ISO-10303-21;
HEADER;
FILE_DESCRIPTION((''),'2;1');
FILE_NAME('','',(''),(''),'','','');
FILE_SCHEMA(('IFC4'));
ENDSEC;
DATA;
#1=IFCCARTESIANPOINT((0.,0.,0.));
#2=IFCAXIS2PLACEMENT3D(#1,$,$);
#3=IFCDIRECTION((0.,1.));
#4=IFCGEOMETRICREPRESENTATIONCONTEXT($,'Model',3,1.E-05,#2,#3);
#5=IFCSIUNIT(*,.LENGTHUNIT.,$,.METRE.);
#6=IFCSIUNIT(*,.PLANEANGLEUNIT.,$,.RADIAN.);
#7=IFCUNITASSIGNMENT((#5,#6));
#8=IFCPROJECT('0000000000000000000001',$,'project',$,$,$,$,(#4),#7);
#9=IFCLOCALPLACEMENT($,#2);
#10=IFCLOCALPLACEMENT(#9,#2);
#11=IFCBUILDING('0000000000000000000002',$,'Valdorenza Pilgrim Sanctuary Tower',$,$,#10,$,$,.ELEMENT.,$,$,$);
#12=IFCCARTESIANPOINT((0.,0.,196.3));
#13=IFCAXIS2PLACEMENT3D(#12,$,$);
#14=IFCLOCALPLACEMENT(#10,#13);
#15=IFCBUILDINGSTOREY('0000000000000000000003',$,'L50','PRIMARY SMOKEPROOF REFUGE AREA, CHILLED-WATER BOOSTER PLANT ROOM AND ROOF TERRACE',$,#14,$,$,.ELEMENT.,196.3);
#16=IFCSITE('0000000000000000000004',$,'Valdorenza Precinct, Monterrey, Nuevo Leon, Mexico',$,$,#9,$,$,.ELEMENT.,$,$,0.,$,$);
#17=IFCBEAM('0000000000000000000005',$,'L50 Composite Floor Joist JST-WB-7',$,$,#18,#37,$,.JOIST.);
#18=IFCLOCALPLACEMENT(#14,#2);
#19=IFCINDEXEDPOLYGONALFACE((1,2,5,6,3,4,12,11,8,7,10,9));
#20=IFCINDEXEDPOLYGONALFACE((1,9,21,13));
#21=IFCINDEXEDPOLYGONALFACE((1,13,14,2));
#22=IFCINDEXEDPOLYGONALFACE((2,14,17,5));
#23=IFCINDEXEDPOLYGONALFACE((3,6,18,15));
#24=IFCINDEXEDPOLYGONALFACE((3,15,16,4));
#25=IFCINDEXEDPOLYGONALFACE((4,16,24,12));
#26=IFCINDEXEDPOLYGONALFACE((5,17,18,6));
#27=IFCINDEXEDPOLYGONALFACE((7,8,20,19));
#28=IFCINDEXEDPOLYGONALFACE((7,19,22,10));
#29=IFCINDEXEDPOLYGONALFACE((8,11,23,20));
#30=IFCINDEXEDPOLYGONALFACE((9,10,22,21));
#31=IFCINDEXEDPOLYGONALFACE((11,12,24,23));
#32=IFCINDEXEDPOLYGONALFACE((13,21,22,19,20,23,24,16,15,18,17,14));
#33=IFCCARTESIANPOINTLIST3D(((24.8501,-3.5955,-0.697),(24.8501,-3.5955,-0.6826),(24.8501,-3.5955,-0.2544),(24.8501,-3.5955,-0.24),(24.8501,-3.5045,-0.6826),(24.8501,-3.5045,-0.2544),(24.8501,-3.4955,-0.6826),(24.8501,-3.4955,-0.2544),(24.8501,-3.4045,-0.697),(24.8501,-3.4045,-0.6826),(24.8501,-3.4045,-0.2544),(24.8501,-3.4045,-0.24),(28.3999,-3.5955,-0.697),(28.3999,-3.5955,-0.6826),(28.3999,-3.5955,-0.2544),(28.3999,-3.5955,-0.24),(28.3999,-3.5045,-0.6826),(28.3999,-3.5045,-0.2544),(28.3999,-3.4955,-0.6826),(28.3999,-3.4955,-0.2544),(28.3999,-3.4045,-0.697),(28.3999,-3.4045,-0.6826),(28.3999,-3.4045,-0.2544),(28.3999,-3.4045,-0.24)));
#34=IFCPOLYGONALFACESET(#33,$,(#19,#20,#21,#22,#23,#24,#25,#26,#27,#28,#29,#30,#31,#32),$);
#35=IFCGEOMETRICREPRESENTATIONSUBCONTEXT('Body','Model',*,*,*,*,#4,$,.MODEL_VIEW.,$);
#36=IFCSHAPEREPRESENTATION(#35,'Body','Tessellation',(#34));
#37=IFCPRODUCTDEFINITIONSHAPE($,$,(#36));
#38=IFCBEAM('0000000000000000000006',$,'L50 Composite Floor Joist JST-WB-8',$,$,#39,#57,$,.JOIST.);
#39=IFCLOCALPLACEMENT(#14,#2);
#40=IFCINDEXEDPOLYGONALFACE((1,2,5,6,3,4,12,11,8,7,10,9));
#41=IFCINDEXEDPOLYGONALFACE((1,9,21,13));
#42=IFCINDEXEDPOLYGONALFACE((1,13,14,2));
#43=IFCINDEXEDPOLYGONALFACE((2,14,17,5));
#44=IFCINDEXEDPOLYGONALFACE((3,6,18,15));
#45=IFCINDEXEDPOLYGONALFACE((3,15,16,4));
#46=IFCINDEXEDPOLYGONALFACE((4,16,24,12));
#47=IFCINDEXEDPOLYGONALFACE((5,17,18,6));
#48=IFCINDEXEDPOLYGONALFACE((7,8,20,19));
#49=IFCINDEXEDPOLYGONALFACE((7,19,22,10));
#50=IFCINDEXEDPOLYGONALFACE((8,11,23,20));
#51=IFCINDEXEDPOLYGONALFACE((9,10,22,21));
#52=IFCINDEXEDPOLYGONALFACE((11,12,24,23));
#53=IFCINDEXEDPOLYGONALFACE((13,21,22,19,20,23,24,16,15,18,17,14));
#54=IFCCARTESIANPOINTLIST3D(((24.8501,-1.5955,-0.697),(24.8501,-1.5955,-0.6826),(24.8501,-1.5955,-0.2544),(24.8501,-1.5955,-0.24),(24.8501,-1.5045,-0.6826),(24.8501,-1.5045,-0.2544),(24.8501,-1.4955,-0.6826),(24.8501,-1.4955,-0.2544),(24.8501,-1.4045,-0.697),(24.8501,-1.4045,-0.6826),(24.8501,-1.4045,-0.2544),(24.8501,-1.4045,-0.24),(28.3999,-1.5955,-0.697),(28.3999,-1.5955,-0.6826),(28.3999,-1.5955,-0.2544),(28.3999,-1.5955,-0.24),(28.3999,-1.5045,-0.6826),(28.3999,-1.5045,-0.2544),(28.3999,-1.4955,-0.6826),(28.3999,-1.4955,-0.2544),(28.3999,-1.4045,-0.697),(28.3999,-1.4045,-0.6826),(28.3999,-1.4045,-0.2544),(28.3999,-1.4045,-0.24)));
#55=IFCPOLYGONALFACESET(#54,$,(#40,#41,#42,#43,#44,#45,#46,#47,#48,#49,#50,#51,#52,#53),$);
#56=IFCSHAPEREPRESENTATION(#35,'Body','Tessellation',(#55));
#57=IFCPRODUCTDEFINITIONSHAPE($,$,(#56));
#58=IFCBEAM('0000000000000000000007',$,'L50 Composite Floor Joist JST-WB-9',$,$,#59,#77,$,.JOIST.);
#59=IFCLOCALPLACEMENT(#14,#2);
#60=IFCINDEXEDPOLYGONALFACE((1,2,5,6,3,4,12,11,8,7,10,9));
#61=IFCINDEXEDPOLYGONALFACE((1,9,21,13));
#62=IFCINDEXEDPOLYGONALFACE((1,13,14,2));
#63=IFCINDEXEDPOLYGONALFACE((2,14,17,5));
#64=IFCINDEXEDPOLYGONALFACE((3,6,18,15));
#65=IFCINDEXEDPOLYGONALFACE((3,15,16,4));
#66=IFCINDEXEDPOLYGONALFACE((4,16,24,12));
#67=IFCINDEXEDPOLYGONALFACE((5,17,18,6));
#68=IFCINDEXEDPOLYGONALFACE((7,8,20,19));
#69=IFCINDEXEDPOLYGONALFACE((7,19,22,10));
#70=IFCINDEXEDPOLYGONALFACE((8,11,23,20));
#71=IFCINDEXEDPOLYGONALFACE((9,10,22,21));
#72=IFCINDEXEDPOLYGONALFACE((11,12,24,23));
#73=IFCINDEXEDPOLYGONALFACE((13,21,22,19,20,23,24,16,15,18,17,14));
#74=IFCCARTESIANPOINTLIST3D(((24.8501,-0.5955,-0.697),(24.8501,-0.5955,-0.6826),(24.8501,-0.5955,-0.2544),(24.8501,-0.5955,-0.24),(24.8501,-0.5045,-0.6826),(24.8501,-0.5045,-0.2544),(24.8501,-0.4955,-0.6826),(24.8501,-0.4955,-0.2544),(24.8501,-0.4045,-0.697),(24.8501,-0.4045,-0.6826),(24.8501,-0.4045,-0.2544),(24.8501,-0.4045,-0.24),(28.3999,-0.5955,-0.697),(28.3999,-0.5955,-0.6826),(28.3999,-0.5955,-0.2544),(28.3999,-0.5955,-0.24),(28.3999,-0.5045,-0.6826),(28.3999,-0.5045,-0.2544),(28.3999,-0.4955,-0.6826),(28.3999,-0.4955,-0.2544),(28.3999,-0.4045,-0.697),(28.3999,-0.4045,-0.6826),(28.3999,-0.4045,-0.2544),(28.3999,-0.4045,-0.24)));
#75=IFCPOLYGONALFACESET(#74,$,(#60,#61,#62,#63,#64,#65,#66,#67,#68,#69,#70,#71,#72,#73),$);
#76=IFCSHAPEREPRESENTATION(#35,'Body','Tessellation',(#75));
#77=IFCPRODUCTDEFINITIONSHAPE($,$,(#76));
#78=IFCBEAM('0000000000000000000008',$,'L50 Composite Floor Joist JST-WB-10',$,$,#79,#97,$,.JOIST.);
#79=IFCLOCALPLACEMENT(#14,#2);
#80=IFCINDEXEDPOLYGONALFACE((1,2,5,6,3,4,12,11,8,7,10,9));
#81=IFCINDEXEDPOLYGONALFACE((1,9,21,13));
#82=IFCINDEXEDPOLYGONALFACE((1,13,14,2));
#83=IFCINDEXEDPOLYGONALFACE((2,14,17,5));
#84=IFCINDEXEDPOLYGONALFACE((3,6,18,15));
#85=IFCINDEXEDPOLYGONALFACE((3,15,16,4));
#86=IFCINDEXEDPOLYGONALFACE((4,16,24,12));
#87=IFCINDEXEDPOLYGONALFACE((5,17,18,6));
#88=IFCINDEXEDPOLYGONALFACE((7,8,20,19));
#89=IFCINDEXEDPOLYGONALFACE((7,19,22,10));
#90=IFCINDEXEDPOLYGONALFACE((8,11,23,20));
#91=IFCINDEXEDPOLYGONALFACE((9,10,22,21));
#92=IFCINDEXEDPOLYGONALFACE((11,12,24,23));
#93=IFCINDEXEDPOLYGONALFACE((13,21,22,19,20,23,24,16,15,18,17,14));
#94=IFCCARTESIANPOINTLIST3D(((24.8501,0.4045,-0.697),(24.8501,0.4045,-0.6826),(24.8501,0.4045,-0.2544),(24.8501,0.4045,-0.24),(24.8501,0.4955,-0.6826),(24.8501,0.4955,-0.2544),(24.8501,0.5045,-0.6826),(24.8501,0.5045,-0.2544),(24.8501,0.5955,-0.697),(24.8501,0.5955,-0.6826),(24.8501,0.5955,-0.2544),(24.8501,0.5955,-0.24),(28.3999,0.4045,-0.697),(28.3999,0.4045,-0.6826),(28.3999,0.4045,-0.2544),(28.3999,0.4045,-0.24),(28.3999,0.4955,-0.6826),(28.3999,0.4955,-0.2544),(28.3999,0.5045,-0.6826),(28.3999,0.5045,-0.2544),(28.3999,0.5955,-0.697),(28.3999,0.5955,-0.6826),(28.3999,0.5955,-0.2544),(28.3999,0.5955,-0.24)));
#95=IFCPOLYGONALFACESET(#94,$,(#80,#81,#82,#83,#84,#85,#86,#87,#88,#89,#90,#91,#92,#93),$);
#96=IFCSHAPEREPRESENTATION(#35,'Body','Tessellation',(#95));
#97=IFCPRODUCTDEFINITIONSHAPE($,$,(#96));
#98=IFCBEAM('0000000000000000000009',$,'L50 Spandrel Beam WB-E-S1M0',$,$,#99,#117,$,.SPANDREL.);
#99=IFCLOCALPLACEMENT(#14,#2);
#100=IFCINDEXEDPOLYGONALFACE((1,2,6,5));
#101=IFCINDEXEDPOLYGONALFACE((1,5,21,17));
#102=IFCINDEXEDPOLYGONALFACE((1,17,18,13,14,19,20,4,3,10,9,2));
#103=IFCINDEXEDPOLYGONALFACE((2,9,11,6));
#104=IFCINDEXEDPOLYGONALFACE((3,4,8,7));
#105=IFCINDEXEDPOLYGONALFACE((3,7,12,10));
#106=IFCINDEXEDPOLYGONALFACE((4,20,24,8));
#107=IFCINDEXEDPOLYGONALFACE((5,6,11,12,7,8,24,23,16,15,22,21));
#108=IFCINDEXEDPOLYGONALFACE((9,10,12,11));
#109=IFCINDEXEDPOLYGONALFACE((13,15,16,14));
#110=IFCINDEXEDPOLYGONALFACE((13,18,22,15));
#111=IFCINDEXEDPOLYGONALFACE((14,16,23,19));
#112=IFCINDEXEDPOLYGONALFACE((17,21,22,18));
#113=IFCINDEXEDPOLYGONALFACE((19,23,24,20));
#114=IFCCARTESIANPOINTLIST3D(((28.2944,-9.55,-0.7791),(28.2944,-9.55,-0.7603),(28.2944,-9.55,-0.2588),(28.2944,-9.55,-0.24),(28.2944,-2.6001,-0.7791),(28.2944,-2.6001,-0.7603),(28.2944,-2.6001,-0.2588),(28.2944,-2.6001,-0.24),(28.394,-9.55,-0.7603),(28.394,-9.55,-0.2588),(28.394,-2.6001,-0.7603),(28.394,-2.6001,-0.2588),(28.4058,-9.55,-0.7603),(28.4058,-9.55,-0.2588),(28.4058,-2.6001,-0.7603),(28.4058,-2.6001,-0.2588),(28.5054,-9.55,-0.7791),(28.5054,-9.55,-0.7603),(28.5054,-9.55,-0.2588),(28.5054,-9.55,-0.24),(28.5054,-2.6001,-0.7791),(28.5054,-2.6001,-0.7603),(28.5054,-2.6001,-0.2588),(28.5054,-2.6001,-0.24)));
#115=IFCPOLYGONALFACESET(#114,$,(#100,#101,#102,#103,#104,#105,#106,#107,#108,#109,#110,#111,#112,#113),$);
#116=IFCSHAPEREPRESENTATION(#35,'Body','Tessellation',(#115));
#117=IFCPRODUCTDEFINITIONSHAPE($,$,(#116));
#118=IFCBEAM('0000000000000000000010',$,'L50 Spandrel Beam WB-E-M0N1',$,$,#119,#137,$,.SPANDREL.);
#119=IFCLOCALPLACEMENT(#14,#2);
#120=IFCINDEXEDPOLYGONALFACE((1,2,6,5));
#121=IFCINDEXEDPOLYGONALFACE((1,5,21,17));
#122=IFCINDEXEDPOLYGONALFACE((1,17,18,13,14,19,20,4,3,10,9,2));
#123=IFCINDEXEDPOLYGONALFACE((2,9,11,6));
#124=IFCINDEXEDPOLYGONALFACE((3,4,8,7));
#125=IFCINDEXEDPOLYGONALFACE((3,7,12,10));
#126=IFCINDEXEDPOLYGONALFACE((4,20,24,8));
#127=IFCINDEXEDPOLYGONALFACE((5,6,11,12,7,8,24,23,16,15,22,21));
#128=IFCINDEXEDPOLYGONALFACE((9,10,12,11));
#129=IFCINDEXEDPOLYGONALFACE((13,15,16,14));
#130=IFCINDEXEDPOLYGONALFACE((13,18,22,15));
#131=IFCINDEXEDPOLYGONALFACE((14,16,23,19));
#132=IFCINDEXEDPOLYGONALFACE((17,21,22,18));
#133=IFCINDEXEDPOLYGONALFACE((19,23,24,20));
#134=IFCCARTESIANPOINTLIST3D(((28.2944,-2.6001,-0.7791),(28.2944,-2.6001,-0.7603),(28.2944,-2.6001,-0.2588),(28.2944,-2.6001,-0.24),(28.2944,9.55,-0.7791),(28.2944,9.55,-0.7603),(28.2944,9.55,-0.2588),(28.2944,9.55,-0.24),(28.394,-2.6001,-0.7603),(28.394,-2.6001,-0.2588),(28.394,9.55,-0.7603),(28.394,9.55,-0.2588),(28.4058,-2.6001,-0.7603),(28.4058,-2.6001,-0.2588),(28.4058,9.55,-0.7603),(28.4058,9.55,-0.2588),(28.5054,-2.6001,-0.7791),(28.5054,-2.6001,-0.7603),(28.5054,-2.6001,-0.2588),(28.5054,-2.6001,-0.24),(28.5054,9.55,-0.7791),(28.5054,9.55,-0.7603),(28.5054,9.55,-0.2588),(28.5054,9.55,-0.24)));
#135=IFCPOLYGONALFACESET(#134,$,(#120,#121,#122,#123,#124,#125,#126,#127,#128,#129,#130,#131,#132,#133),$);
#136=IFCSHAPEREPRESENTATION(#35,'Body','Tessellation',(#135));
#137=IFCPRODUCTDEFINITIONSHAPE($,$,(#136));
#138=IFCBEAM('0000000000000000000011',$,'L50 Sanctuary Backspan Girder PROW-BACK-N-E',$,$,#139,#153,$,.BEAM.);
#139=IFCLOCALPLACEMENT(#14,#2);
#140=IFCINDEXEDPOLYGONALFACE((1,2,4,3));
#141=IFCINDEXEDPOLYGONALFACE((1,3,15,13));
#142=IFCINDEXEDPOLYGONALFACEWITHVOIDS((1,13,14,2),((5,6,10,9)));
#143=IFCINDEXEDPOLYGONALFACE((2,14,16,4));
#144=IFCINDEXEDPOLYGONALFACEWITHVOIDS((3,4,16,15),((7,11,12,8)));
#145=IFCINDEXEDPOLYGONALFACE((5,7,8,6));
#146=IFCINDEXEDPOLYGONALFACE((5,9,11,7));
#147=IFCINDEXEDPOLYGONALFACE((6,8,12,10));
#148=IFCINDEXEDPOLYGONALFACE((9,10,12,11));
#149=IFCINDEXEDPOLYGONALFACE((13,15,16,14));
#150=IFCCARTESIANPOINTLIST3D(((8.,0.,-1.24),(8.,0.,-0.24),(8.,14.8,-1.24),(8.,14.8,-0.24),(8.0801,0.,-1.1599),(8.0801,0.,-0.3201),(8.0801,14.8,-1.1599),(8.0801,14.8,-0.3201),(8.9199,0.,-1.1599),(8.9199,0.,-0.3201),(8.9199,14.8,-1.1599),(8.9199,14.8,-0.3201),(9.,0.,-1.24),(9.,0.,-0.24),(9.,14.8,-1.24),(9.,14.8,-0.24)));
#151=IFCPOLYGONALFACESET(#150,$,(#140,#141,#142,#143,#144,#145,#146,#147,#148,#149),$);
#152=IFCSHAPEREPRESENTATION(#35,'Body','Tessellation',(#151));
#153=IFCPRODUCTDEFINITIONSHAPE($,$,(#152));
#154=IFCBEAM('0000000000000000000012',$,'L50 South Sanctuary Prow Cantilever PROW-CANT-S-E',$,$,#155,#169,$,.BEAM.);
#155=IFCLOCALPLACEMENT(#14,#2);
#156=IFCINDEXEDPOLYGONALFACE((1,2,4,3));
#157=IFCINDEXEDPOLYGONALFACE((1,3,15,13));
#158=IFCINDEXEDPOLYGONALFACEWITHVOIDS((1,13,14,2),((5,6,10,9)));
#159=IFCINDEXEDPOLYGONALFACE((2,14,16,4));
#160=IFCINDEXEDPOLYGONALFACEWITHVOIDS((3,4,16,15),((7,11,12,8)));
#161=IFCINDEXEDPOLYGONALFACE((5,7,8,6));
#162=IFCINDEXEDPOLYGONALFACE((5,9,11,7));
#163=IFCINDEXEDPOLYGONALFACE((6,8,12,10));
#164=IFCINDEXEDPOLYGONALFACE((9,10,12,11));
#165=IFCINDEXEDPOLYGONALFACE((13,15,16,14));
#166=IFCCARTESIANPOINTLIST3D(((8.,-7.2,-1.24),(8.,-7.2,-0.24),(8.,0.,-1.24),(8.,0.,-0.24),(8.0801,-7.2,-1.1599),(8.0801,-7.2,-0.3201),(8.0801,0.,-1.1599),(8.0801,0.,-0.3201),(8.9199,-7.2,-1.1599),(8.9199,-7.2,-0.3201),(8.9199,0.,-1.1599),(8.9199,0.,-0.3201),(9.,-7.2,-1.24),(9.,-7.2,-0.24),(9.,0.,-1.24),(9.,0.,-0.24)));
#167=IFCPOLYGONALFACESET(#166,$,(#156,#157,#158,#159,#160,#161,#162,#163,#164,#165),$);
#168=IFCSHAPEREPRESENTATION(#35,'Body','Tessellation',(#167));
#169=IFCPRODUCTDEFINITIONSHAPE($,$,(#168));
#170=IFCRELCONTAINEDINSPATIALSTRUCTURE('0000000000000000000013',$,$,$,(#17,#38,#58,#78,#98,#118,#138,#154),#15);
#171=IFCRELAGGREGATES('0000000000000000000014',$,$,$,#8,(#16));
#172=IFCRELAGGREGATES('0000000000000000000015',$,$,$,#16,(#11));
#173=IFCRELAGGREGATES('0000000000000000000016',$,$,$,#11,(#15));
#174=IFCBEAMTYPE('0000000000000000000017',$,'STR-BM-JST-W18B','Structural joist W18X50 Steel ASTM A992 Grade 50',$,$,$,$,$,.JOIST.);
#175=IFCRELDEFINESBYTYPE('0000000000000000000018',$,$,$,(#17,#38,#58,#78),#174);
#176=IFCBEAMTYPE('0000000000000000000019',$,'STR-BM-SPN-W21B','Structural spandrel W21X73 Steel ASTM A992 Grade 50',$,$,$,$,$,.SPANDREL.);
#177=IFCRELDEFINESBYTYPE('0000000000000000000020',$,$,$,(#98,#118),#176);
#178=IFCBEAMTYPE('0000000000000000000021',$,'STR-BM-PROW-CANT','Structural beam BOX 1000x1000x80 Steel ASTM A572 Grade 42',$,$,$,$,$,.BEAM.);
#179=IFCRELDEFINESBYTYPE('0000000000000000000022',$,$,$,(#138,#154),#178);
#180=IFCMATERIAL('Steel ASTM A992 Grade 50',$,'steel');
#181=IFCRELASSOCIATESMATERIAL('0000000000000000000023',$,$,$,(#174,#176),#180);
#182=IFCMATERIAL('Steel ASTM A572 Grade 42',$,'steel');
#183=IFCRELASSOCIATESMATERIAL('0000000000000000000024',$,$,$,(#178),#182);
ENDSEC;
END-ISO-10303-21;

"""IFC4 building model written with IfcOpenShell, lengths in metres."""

from ifc_helpers import new_model, si_unit, direction, frame, origin, origin_2d, place, context, subcontext, project, spatial, hollow_rectangle, i_section, extrude, source, transform, mapped, material, material_profile, profile_set, type_object, element, save


model = new_model("IFC4")

# Units and contexts
model_context = context("Model", 3, precision=1e-05, world=origin(), true_north=direction((0.0, 1.0)))
body_context = subcontext(model_context, "Body", "Model", "MODEL_VIEW")
ifc_project = project(units=[si_unit("LENGTHUNIT", "METRE"), si_unit("PLANEANGLEUNIT", "RADIAN")], contexts=[model_context])

# Site, building, storey
site_placement = place(None, origin())
site = spatial("IfcSite", under=ifc_project, at=site_placement, Name="Valdorenza Precinct, Monterrey, Nuevo Leon, Mexico", CompositionType="ELEMENT", RefElevation=0.0)
building_placement = place(site_placement, origin())
building = spatial("IfcBuilding", under=site, at=building_placement, Name="Valdorenza Pilgrim Sanctuary Tower", CompositionType="ELEMENT")
storey_placement = place(building_placement, frame((0.0, 0.0, 196.3)))
storey = spatial("IfcBuildingStorey", under=building, at=storey_placement, Name="L50", Description="PRIMARY SMOKEPROOF REFUGE AREA, CHILLED-WATER BOOSTER PLANT ROOM AND ROOF TERRACE", CompositionType="ELEMENT", Elevation=196.3)

# Beams
ifc_material_1 = material(Name="Steel ASTM A992 Grade 50", Category="steel")
ifc_material_profile_1 = material_profile(ifc_material_1, i_section(OverallWidth=0.1909, OverallDepth=0.457, WebThickness=0.009, FlangeThickness=0.0144, at=origin_2d()), Name="W18X50")
ifc_profile_set_1 = profile_set([ifc_material_profile_1], Name="Steel ASTM A992 Grade 50")
beam_type_1 = type_object("IfcBeamType", Name="STR-BM-JST-W18B", Description="Structural joist W18X50 Steel ASTM A992 Grade 50", PredefinedType="JOIST", material=ifc_profile_set_1)
shared_shape_1 = source(origin(), body_context, "Body", "SweptSolid", [
    extrude(i_section(OverallWidth=0.1909, OverallDepth=0.457, WebThickness=0.009, FlangeThickness=0.0144, at=origin_2d()), origin(), (0.0, 0.0, 1.0), 3.5498),
])
for number, where, z_axis, x_axis, name in (
    (1, (24.8501, -3.5, -0.4685), (1.0, 0.0, 0.0), (0.0, 1.0, 0.0), "L50 Composite Floor Joist JST-WB-7"),
    (2, (24.8501, -1.5, -0.4685), (1.0, 0.0, 0.0), (0.0, 1.0, 0.0), "L50 Composite Floor Joist JST-WB-8"),
    (3, (24.8501, -0.5, -0.4685), (1.0, 0.0, 0.0), (0.0, 1.0, 0.0), "L50 Composite Floor Joist JST-WB-9"),
    (4, (24.8501, 0.5, -0.4685), (1.0, 0.0, 0.0), (0.0, 1.0, 0.0), "L50 Composite Floor Joist JST-WB-10"),
):
    element("IfcBeam", number, at=place(storey_placement, frame(where, z_axis=z_axis, x_axis=x_axis)), inside=storey, type_object=beam_type_1, Name=name, PredefinedType="JOIST", context=body_context, shape_type="MappedRepresentation", body=[
        mapped(shared_shape_1, transform((0.0, 0.0, 0.0), x_axis=(1.0, 0.0, 0.0), y_axis=(0.0, 1.0, 0.0), z_axis=(0.0, 0.0, 1.0), scale=1.0)),
    ])
ifc_material_profile_2 = material_profile(ifc_material_1, i_section(OverallWidth=0.2109, OverallDepth=0.5391, WebThickness=0.0117, FlangeThickness=0.0188, at=origin_2d()), Name="W21X73")
ifc_profile_set_2 = profile_set([ifc_material_profile_2], Name="Steel ASTM A992 Grade 50")
beam_type_2 = type_object("IfcBeamType", Name="STR-BM-SPN-W21B", Description="Structural spandrel W21X73 Steel ASTM A992 Grade 50", PredefinedType="SPANDREL", material=ifc_profile_set_2)
shared_shape_2 = source(origin(), body_context, "Body", "SweptSolid", [
    extrude(i_section(OverallWidth=0.2109, OverallDepth=0.5391, WebThickness=0.0117, FlangeThickness=0.0188, at=origin_2d()), origin(), (0.0, 0.0, 1.0), 6.95),
])
beam_1_placement = place(storey_placement, frame((28.3999, -9.55, -0.5095), z_axis=(0.0, 1.0, 0.0), x_axis=(-1.0, 0.0, 0.0)))
element("IfcBeam", 5, at=beam_1_placement, inside=storey, type_object=beam_type_2, Name="L50 Spandrel Beam WB-E-S1M0", PredefinedType="SPANDREL", context=body_context, shape_type="MappedRepresentation", body=[
    mapped(shared_shape_2, transform((0.0, 0.0, 0.0), x_axis=(1.0, 0.0, 0.0), y_axis=(0.0, 1.0, 0.0), z_axis=(0.0, 0.0, 1.0), scale=1.0)),
])
shared_shape_3 = source(origin(), body_context, "Body", "SweptSolid", [
    extrude(i_section(OverallWidth=0.2109, OverallDepth=0.5391, WebThickness=0.0117, FlangeThickness=0.0188, at=origin_2d()), origin(), (0.0, 0.0, 1.0), 12.1501),
])
beam_2_placement = place(storey_placement, frame((28.3999, -2.6001, -0.5095), z_axis=(0.0, 1.0, 0.0), x_axis=(-1.0, 0.0, 0.0)))
element("IfcBeam", 6, at=beam_2_placement, inside=storey, type_object=beam_type_2, Name="L50 Spandrel Beam WB-E-M0N1", PredefinedType="SPANDREL", context=body_context, shape_type="MappedRepresentation", body=[
    mapped(shared_shape_3, transform((0.0, 0.0, 0.0), x_axis=(1.0, 0.0, 0.0), y_axis=(0.0, 1.0, 0.0), z_axis=(0.0, 0.0, 1.0), scale=1.0)),
])
ifc_material_2 = material(Name="Steel ASTM A572 Grade 42", Category="steel")
ifc_material_profile_3 = material_profile(ifc_material_2, hollow_rectangle(XDim=1.0, YDim=1.0, WallThickness=0.0801, at=origin_2d()), Name="BOX 1000x1000x80")
ifc_profile_set_3 = profile_set([ifc_material_profile_3], Name="Steel ASTM A572 Grade 42")
beam_type_3 = type_object("IfcBeamType", Name="STR-BM-PROW-CANT", Description="Structural beam BOX 1000x1000x80 Steel ASTM A572 Grade 42", PredefinedType="BEAM", material=ifc_profile_set_3)
shared_shape_4 = source(origin(), body_context, "Body", "SweptSolid", [
    extrude(hollow_rectangle(XDim=1.0, YDim=1.0, WallThickness=0.0801, at=origin_2d()), origin(), (0.0, 0.0, 1.0), 14.8),
])
beam_3_placement = place(storey_placement, frame((8.5, 0.0, -0.74), z_axis=(0.0, 1.0, 0.0), x_axis=(-1.0, 0.0, 0.0)))
element("IfcBeam", 7, at=beam_3_placement, inside=storey, type_object=beam_type_3, Name="L50 Sanctuary Backspan Girder PROW-BACK-N-E", PredefinedType="BEAM", context=body_context, shape_type="MappedRepresentation", body=[
    mapped(shared_shape_4, transform((0.0, 0.0, 0.0), x_axis=(1.0, 0.0, 0.0), y_axis=(0.0, 1.0, 0.0), z_axis=(0.0, 0.0, 1.0), scale=1.0)),
])
shared_shape_5 = source(origin(), body_context, "Body", "SweptSolid", [
    extrude(hollow_rectangle(XDim=1.0, YDim=1.0, WallThickness=0.0801, at=origin_2d()), origin(), (0.0, 0.0, 1.0), 7.2),
])
beam_4_placement = place(storey_placement, frame((8.5, 0.0, -0.74), z_axis=(0.0, -1.0, 0.0), x_axis=(1.0, 0.0, 0.0)))
element("IfcBeam", 8, at=beam_4_placement, inside=storey, type_object=beam_type_3, Name="L50 South Sanctuary Prow Cantilever PROW-CANT-S-E", PredefinedType="BEAM", context=body_context, shape_type="MappedRepresentation", body=[
    mapped(shared_shape_5, transform((0.0, 0.0, 0.0), x_axis=(1.0, 0.0, 0.0), y_axis=(0.0, 1.0, 0.0), z_axis=(0.0, 0.0, 1.0), scale=1.0)),
])

save(model, "model.ifc")
